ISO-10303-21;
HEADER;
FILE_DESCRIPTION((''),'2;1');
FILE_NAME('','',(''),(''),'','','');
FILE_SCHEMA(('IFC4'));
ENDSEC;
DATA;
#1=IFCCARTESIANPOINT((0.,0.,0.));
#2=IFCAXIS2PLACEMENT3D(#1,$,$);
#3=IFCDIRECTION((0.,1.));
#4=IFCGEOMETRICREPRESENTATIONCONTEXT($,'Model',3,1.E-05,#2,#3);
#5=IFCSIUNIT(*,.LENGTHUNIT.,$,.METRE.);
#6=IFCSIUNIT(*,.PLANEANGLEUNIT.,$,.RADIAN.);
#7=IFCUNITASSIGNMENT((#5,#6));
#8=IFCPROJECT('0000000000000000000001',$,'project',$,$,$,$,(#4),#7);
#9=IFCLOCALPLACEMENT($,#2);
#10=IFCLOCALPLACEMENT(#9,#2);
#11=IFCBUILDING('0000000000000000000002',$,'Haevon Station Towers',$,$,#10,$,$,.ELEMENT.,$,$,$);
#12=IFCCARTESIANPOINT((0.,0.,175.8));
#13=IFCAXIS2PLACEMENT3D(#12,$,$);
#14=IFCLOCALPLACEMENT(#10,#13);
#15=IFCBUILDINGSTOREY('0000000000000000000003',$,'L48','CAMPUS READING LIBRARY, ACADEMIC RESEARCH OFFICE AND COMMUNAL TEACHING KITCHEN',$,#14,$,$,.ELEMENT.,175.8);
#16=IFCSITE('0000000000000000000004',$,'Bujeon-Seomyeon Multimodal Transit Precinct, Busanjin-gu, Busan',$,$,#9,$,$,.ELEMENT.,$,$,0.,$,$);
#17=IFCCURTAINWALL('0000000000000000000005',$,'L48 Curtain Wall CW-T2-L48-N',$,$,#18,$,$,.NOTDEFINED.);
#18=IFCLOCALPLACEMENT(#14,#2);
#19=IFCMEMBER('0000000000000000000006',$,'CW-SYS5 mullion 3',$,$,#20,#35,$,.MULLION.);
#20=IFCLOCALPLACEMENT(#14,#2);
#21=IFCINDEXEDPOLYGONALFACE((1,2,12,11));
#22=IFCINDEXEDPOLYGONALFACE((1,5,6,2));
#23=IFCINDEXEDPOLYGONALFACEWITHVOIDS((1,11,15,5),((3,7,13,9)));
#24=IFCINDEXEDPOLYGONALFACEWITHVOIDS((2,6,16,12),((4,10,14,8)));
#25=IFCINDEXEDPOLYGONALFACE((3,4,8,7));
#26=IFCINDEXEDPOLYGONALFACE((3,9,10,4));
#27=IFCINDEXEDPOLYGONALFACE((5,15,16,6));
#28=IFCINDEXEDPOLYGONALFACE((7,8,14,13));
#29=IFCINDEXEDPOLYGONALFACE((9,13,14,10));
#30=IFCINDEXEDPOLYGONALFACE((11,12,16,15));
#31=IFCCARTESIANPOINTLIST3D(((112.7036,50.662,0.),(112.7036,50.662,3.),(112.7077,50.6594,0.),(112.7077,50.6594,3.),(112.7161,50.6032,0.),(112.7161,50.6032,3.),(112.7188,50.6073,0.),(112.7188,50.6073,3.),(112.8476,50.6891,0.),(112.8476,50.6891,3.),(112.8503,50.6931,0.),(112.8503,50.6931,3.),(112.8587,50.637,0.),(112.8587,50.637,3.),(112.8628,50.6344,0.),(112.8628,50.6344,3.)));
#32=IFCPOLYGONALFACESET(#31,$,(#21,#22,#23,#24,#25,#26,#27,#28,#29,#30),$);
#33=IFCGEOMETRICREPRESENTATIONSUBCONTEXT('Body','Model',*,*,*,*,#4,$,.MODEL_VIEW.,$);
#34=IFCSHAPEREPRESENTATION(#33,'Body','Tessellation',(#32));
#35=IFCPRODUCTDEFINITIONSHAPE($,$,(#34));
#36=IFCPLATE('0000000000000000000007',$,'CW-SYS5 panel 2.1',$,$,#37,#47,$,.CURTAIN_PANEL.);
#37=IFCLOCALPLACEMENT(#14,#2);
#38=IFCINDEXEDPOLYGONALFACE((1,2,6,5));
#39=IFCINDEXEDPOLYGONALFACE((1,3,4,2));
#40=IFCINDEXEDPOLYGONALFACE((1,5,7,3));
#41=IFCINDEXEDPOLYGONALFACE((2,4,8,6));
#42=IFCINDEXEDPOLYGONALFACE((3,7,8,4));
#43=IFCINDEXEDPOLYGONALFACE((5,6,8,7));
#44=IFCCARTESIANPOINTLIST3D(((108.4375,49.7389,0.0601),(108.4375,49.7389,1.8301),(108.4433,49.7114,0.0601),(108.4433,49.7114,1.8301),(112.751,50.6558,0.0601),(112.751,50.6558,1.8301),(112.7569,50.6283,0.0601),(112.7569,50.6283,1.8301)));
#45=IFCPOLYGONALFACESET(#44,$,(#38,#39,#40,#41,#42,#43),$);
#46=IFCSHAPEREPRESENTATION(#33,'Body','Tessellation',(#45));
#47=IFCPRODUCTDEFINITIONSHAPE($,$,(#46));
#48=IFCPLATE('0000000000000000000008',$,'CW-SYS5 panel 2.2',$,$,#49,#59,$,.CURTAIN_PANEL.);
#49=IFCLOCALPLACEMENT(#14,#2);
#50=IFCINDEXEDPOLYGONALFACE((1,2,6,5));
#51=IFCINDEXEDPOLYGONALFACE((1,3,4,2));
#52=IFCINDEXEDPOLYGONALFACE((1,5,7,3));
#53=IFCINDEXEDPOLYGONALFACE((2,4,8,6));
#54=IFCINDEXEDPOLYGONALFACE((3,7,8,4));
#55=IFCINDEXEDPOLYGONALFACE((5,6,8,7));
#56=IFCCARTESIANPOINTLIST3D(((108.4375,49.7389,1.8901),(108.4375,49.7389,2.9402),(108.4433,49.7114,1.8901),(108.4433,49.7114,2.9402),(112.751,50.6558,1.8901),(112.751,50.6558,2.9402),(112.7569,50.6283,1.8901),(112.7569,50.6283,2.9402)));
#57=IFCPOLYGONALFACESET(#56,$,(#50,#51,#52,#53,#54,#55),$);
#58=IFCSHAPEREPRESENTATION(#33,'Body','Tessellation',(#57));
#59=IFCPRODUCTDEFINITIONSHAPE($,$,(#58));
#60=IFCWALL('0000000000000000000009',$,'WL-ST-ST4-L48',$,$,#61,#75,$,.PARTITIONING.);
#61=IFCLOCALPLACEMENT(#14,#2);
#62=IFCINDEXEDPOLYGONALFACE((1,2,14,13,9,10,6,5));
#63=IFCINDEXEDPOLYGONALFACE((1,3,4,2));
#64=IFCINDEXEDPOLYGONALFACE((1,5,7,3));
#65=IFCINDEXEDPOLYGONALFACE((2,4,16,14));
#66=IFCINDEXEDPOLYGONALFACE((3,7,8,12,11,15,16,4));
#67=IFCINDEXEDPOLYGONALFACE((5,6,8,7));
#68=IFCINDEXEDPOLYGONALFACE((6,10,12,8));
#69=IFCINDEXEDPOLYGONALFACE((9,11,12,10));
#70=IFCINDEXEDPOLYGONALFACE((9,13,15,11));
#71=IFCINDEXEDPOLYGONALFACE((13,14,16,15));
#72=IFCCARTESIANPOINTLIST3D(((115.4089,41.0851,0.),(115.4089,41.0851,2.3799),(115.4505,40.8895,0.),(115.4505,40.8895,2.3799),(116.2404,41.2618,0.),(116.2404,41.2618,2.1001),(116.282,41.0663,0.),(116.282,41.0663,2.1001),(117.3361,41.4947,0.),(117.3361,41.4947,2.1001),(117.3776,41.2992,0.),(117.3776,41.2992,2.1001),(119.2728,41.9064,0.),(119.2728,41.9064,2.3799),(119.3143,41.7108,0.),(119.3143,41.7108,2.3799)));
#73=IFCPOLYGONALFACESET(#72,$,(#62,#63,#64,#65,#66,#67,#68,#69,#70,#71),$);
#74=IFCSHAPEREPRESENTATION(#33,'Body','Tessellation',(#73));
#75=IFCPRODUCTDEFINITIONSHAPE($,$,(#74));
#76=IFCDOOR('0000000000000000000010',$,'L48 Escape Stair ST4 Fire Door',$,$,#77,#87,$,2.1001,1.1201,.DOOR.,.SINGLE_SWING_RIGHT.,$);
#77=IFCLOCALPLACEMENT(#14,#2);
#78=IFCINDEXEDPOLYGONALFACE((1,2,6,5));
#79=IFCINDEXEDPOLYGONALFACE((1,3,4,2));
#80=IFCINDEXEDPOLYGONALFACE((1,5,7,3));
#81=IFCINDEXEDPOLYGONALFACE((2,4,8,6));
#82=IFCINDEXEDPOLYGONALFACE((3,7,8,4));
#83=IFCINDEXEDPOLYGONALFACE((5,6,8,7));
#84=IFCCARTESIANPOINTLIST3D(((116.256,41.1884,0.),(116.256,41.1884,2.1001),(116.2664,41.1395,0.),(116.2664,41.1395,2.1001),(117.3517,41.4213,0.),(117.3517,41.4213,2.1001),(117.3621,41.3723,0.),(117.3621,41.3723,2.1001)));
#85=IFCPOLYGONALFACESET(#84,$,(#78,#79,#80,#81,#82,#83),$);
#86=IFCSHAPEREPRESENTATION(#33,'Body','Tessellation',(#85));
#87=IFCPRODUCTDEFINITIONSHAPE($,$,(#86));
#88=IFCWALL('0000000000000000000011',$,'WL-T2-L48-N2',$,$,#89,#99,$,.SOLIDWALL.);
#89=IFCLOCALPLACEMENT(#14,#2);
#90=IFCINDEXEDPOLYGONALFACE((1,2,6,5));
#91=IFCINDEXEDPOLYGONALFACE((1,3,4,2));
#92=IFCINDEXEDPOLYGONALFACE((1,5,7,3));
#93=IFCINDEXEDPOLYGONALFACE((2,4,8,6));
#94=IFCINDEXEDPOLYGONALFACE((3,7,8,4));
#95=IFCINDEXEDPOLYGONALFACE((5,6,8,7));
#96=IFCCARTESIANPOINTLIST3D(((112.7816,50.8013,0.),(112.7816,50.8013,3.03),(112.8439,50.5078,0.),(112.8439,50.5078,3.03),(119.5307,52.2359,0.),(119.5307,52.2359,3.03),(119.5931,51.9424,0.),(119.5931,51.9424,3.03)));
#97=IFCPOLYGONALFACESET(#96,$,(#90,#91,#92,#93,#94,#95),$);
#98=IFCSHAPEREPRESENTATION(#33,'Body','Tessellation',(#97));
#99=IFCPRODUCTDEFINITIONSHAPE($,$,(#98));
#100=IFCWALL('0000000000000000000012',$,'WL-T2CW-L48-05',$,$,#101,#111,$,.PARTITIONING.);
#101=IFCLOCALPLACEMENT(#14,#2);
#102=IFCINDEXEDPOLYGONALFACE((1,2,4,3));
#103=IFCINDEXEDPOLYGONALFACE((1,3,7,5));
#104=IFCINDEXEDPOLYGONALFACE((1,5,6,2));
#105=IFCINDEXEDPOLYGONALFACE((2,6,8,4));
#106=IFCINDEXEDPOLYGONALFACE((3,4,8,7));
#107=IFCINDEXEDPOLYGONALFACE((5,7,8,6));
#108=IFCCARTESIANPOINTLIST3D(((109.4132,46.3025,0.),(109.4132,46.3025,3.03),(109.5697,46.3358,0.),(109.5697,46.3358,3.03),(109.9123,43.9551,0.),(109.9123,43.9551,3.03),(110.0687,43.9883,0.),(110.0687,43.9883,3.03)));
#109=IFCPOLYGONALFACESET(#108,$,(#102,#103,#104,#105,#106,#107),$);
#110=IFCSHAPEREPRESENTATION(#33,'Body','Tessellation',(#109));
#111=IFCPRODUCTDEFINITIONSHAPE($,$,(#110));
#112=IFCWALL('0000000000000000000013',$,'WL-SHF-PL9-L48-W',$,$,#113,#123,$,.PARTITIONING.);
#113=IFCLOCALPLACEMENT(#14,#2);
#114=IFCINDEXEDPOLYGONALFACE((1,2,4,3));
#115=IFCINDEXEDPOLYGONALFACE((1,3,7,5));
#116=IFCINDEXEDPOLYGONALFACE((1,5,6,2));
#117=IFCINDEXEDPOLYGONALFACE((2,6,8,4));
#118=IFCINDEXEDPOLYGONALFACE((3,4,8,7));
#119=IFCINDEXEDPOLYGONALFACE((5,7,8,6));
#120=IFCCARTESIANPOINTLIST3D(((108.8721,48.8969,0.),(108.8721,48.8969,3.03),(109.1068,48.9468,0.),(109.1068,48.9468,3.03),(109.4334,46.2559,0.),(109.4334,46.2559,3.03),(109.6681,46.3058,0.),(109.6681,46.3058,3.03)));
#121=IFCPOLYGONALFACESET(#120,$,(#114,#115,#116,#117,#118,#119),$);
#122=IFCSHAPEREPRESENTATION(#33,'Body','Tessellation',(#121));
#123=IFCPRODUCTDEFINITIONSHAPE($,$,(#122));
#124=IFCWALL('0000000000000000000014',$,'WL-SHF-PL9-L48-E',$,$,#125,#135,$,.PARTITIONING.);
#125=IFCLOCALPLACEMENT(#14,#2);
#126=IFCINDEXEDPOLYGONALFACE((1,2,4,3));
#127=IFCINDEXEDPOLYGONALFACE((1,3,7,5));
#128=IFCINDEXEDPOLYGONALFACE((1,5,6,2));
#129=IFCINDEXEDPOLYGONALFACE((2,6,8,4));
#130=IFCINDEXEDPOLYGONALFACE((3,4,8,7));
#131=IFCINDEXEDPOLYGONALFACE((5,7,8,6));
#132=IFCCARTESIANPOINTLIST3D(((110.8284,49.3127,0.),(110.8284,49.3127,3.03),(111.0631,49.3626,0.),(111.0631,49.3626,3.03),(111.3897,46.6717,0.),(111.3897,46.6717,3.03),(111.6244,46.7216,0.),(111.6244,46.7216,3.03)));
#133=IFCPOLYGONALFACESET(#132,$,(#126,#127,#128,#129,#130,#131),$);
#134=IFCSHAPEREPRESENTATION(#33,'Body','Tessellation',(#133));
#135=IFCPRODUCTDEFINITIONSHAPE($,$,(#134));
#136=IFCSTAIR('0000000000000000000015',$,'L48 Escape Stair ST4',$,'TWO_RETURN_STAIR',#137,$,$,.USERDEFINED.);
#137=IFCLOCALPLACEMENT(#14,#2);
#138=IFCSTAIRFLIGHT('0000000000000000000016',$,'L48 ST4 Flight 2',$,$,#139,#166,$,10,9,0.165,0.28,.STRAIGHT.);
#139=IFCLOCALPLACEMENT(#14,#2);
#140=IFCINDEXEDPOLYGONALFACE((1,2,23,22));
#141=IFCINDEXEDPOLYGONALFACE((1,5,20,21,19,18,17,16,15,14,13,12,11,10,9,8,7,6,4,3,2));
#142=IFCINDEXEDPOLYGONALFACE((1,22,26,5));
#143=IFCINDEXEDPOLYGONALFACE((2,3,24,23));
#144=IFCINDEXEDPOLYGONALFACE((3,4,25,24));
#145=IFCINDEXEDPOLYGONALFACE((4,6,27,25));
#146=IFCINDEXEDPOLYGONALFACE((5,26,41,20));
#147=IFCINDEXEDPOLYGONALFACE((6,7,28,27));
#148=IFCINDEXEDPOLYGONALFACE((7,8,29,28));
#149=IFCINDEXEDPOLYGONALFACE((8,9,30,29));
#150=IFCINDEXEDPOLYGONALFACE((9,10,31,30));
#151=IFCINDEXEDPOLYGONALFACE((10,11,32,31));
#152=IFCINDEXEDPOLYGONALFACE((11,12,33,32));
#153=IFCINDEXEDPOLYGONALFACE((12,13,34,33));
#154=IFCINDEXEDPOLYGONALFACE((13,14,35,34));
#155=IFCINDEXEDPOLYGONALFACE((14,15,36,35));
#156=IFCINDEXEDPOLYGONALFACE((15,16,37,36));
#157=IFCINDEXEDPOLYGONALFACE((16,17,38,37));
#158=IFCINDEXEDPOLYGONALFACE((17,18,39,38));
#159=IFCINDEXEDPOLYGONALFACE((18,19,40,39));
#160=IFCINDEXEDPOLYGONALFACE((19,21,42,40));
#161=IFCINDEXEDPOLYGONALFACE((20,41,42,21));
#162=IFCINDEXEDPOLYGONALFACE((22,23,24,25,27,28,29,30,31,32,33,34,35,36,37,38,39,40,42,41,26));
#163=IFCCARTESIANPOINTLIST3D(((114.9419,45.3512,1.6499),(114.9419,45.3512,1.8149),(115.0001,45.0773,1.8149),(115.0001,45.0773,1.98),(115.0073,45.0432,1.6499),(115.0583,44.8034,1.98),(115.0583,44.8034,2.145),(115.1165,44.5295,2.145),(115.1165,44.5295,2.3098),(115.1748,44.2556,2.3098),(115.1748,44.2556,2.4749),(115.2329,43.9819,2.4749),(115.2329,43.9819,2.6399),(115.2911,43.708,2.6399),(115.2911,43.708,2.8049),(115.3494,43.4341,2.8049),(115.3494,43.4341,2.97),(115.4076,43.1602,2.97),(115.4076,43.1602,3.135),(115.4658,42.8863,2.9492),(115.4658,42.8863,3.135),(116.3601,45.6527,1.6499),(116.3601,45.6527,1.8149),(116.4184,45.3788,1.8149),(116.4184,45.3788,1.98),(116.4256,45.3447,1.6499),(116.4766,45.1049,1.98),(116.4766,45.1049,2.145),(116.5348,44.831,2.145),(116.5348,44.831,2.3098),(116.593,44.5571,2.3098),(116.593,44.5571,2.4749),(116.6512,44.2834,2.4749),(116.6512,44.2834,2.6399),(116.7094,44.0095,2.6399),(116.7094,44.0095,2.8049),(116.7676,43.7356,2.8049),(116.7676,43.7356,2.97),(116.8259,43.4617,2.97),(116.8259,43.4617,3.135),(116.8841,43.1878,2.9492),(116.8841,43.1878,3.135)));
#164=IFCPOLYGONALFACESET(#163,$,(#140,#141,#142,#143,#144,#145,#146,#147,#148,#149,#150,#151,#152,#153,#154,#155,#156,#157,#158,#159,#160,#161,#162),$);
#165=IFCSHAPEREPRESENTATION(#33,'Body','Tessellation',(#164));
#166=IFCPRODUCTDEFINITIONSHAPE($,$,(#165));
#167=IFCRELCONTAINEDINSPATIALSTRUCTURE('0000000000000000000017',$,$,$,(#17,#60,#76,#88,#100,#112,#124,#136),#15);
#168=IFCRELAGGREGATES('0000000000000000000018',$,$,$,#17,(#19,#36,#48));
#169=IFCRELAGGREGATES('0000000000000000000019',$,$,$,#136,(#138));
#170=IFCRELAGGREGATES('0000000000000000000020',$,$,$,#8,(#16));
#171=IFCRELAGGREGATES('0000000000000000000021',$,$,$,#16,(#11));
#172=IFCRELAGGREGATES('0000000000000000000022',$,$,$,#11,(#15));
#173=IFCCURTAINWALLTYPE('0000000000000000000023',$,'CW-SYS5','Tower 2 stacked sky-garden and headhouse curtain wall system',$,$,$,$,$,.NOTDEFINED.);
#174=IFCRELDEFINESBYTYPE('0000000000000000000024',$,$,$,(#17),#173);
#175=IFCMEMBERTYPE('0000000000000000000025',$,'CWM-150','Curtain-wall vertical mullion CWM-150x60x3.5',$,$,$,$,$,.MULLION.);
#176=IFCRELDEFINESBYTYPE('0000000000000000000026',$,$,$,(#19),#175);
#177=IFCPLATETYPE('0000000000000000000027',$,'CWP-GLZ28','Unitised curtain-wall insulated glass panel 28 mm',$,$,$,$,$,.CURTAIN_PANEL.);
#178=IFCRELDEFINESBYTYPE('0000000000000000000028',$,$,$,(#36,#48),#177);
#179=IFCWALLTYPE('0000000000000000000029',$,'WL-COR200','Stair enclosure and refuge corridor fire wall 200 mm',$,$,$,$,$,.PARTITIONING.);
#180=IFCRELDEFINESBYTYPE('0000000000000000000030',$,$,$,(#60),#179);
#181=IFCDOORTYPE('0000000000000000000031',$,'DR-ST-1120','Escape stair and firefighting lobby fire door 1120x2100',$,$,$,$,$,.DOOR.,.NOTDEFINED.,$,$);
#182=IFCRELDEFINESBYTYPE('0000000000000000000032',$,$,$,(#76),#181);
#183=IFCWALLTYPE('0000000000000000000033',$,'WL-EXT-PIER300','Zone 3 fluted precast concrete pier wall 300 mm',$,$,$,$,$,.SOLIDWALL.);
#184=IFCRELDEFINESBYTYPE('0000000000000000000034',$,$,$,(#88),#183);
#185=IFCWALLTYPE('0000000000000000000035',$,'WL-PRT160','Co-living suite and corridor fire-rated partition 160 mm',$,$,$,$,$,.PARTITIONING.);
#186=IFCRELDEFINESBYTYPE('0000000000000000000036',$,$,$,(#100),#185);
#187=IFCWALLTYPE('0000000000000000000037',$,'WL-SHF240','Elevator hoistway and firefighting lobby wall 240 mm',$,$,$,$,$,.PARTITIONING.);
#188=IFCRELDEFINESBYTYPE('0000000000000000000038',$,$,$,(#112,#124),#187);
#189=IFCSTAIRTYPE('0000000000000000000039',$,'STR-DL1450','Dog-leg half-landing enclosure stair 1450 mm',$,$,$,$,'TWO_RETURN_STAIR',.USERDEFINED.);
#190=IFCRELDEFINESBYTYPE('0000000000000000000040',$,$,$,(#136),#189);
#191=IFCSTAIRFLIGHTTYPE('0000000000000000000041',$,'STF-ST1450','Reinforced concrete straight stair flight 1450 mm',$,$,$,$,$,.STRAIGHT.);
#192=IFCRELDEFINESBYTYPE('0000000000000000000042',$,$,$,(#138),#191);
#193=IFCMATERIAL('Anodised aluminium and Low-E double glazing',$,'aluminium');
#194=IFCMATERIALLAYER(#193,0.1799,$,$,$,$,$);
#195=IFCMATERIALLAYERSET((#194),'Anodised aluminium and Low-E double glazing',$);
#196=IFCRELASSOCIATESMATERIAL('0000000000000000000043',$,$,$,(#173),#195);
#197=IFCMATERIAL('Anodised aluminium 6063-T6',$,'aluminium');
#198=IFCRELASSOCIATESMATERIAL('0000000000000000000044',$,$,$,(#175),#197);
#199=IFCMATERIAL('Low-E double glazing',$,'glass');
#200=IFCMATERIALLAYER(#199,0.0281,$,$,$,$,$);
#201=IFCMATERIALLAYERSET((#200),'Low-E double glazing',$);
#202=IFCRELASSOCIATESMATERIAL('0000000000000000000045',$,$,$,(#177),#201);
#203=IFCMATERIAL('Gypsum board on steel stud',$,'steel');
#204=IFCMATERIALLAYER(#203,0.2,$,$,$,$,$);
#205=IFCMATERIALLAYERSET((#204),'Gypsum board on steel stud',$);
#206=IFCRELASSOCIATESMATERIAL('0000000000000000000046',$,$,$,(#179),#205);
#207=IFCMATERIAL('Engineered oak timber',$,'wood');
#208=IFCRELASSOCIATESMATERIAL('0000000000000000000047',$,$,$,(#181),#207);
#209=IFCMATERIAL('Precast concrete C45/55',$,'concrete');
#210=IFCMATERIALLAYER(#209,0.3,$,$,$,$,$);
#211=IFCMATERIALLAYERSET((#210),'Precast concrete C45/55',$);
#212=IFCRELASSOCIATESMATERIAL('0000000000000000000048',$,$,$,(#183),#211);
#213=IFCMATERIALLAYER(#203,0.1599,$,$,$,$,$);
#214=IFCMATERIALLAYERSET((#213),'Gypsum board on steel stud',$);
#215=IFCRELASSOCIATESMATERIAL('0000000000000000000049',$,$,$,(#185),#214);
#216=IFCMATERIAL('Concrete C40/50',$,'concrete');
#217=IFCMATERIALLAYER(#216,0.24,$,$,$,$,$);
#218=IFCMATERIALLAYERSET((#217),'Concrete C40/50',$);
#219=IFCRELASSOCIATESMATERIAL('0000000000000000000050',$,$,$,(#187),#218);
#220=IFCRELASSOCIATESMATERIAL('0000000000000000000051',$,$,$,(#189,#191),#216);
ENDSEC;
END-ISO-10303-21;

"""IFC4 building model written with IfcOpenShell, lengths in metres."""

from ifc_helpers import new_model, si_unit, direction, frame, frame_2d, origin, origin_2d, place, context, subcontext, project, spatial, polyline, rectangle, hollow_rectangle, outline, extrude, material, layer, layer_set, material_profile, profile_set, type_object, element, fill, aggregate, save


model = new_model("IFC4")

# Units and contexts
model_context = context("Model", 3, precision=1e-05, world=origin(), true_north=direction((0.0, 1.0)))
body_context = subcontext(model_context, "Body", "Model", "MODEL_VIEW")
ifc_project = project(units=[si_unit("LENGTHUNIT", "METRE"), si_unit("PLANEANGLEUNIT", "RADIAN")], contexts=[model_context])

# Site, building, storey
site_placement = place(None, origin())
site = spatial("IfcSite", under=ifc_project, at=site_placement, Name="Bujeon-Seomyeon Multimodal Transit Precinct, Busanjin-gu, Busan", CompositionType="ELEMENT", RefElevation=0.0)
building_placement = place(site_placement, origin())
building = spatial("IfcBuilding", under=site, at=building_placement, Name="Haevon Station Towers", CompositionType="ELEMENT")
storey_placement = place(building_placement, frame((0.0, 0.0, 175.8)))
storey = spatial("IfcBuildingStorey", under=building, at=storey_placement, Name="L48", Description="CAMPUS READING LIBRARY, ACADEMIC RESEARCH OFFICE AND COMMUNAL TEACHING KITCHEN", CompositionType="ELEMENT", Elevation=175.8)

# Curtain wall, member, plates
ifc_material_1 = material(Name="Anodised aluminium and Low-E double glazing", Category="aluminium")
ifc_layer_1 = layer(ifc_material_1, 0.1799)
ifc_layer_set_1 = layer_set([ifc_layer_1], Name="Anodised aluminium and Low-E double glazing")
curtain_wall_type = type_object("IfcCurtainWallType", Name="CW-SYS5", Description="Tower 2 stacked sky-garden and headhouse curtain wall system", PredefinedType="NOTDEFINED", material=ifc_layer_set_1)
curtain_wall_placement = place(storey_placement, origin())
curtain_wall = element("IfcCurtainWall", 1, at=curtain_wall_placement, inside=storey, type_object=curtain_wall_type, Name="L48 Curtain Wall CW-T2-L48-N", PredefinedType="NOTDEFINED")
ifc_material_2 = material(Name="Anodised aluminium 6063-T6", Category="aluminium")
ifc_material_profile = material_profile(ifc_material_2, hollow_rectangle(XDim=0.0601, YDim=0.1499, WallThickness=0.0034, at=origin_2d()), Name="CWM-150x60x3.5")
ifc_profile_set = profile_set([ifc_material_profile], Name="Anodised aluminium 6063-T6")
member_type = type_object("IfcMemberType", Name="CWM-150", Description="Curtain-wall vertical mullion CWM-150x60x3.5", PredefinedType="MULLION", material=ifc_profile_set)
member_placement = place(storey_placement, frame((112.7832, 50.6482, 0.0), z_axis=(0.0, 0.0, 1.0), x_axis=(-0.207912, 0.978148, 0.0)))
member = element("IfcMember", 2, at=member_placement, type_object=member_type, Name="CW-SYS5 mullion 3", PredefinedType="MULLION", context=body_context, shape_type="SweptSolid", body=[
    extrude(hollow_rectangle(XDim=0.0601, YDim=0.1499, WallThickness=0.0034, at=origin_2d()), origin(), (0.0, 0.0, 1.0), 3.0),
])
ifc_material_3 = material(Name="Low-E double glazing", Category="glass")
ifc_layer_2 = layer(ifc_material_3, 0.0281)
ifc_layer_set_2 = layer_set([ifc_layer_2], Name="Low-E double glazing")
plate_type = type_object("IfcPlateType", Name="CWP-GLZ28", Description="Unitised curtain-wall insulated glass panel 28 mm", PredefinedType="CURTAIN_PANEL", material=ifc_layer_set_2)
plate_1_placement = place(storey_placement, frame((110.5972, 50.1836, 0.0601), z_axis=(0.0, 0.0, 1.0), x_axis=(0.978148, 0.207912, 0.0)))
plate_1 = element("IfcPlate", 3, at=plate_1_placement, type_object=plate_type, Name="CW-SYS5 panel 2.1", PredefinedType="CURTAIN_PANEL", context=body_context, shape_type="SweptSolid", body=[
    extrude(rectangle(XDim=4.4099, YDim=0.0281, at=origin_2d()), origin(), (0.0, 0.0, 1.0), 1.77),
])
plate_2_placement = place(storey_placement, frame((110.5972, 50.1836, 1.8901), z_axis=(0.0, 0.0, 1.0), x_axis=(0.978148, 0.207912, 0.0)))
plate_2 = element("IfcPlate", 4, at=plate_2_placement, type_object=plate_type, Name="CW-SYS5 panel 2.2", PredefinedType="CURTAIN_PANEL", context=body_context, shape_type="SweptSolid", body=[
    extrude(rectangle(XDim=4.4099, YDim=0.0281, at=origin_2d()), origin(), (0.0, 0.0, 1.0), 1.05),
])
aggregate(curtain_wall, [member, plate_1, plate_2])

# Wall, opening, door
ifc_material_4 = material(Name="Gypsum board on steel stud", Category="steel")
ifc_layer_3 = layer(ifc_material_4, 0.2)
ifc_layer_set_3 = layer_set([ifc_layer_3], Name="Gypsum board on steel stud")
wall_type_1 = type_object("IfcWallType", Name="WL-COR200", Description="Stair enclosure and refuge corridor fire wall 200 mm", PredefinedType="PARTITIONING", material=ifc_layer_set_3)
wall_1_placement = place(storey_placement, frame((115.4297, 40.9873, 0.0), z_axis=(0.0, 0.0, 1.0), x_axis=(0.978147, 0.207916, 0.0)))
wall_1 = element("IfcWall", 5, at=wall_1_placement, inside=storey, type_object=wall_type_1, Name="WL-ST-ST4-L48", PredefinedType="PARTITIONING", context=body_context, shape_type="SweptSolid", body=[
    extrude(rectangle(XDim=3.9502, YDim=0.2, at=frame_2d((1.9751, 0.0))), origin(), (0.0, 0.0, 1.0), 2.3799),
])
opening_1_placement = place(wall_1_placement, frame((0.8501, 0.0, 0.0)))
opening_1 = element("IfcOpeningElement", 6, at=opening_1_placement, cuts=wall_1, PredefinedType="OPENING", context=body_context, shape_type="SweptSolid", body=[
    extrude(rectangle(XDim=1.1201, YDim=2.1001, at=frame_2d((0.5601, 1.05))), frame((0.0, 0.1099, 0.0), z_axis=(0.0, -1.0, 0.0), x_axis=(1.0, 0.0, 0.0)), (0.0, 0.0, 1.0), 0.22),
])
ifc_material_5 = material(Name="Engineered oak timber", Category="wood")
door_type_1 = type_object("IfcDoorType", Name="DR-ST-1120", Description="Escape stair and firefighting lobby fire door 1120x2100", OperationType="NOTDEFINED", PredefinedType="DOOR", material=ifc_material_5)
door_1_placement = place(opening_1_placement, origin())
door_1 = element("IfcDoor", 7, at=door_1_placement, inside=storey, type_object=door_type_1, Name="L48 Escape Stair ST4 Fire Door", OperationType="SINGLE_SWING_RIGHT", OverallHeight=2.1001, OverallWidth=1.1201, PredefinedType="DOOR", context=body_context, shape_type="SweptSolid", body=[
    extrude(rectangle(XDim=1.1201, YDim=2.1001, at=frame_2d((0.5601, 1.05))), frame((0.0, 0.0249, 0.0), z_axis=(0.0, -1.0, 0.0), x_axis=(1.0, 0.0, 0.0)), (0.0, 0.0, 1.0), 0.05),
])
fill(opening_1, door_1)

# Walls
ifc_material_6 = material(Name="Precast concrete C45/55", Category="concrete")
ifc_layer_4 = layer(ifc_material_6, 0.3)
ifc_layer_set_4 = layer_set([ifc_layer_4], Name="Precast concrete C45/55")
wall_type_2 = type_object("IfcWallType", Name="WL-EXT-PIER300", Description="Zone 3 fluted precast concrete pier wall 300 mm", PredefinedType="SOLIDWALL", material=ifc_layer_set_4)
wall_2_placement = place(storey_placement, frame((112.8127, 50.6545, 0.0), z_axis=(0.0, 0.0, 1.0), x_axis=(0.978147, 0.207915, 0.0)))
element("IfcWall", 8, at=wall_2_placement, inside=storey, type_object=wall_type_2, Name="WL-T2-L48-N2", PredefinedType="SOLIDWALL", context=body_context, shape_type="SweptSolid", body=[
    extrude(rectangle(XDim=6.8999, YDim=0.3, at=frame_2d((3.45, 0.0))), origin(), (0.0, 0.0, 1.0), 3.03),
])
ifc_layer_5 = layer(ifc_material_4, 0.1599)
ifc_layer_set_5 = layer_set([ifc_layer_5], Name="Gypsum board on steel stud")
wall_type_3 = type_object("IfcWallType", Name="WL-PRT160", Description="Co-living suite and corridor fire-rated partition 160 mm", PredefinedType="PARTITIONING", material=ifc_layer_set_5)
wall_3_placement = place(storey_placement, frame((109.9905, 43.9717, 0.0), z_axis=(0.0, 0.0, 1.0), x_axis=(-0.207938, 0.978142, 0.0)))
element("IfcWall", 9, at=wall_3_placement, inside=storey, type_object=wall_type_3, Name="WL-T2CW-L48-05", PredefinedType="PARTITIONING", context=body_context, shape_type="SweptSolid", body=[
    extrude(rectangle(XDim=2.3999, YDim=0.1599, at=frame_2d((1.2, 0.0))), origin(), (0.0, 0.0, 1.0), 3.03),
])

# Shared definitions
ifc_material_7 = material(Name="Concrete C40/50", Category="concrete")
ifc_layer_6 = layer(ifc_material_7, 0.24)
ifc_layer_set_6 = layer_set([ifc_layer_6], Name="Concrete C40/50")
wall_type_4 = type_object("IfcWallType", Name="WL-SHF240", Description="Elevator hoistway and firefighting lobby wall 240 mm", PredefinedType="PARTITIONING", material=ifc_layer_set_6)

# Walls
for number, where, z_axis, x_axis, name in (
    (10, (109.5508, 46.2808, 0.0), (0.0, 0.0, 1.0), (-0.207892, 0.978152, 0.0), "WL-SHF-PL9-L48-W"),
    (11, (111.5071, 46.6965, 0.0), (0.0, 0.0, 1.0), (-0.207892, 0.978152, 0.0), "WL-SHF-PL9-L48-E"),
):
    element("IfcWall", number, at=place(storey_placement, frame(where, z_axis=z_axis, x_axis=x_axis)), inside=storey, type_object=wall_type_4, Name=name, PredefinedType="PARTITIONING", context=body_context, shape_type="SweptSolid", body=[
        extrude(rectangle(XDim=2.7, YDim=0.24, at=frame_2d((1.3501, 0.0))), origin(), (0.0, 0.0, 1.0), 3.03),
    ])

# Stair, stair flight
stair_type = type_object("IfcStairType", Name="STR-DL1450", Description="Dog-leg half-landing enclosure stair 1450 mm", ElementType="TWO_RETURN_STAIR", PredefinedType="USERDEFINED", material=ifc_material_7)
stair_placement = place(storey_placement, origin())
stair = element("IfcStair", 12, at=stair_placement, inside=storey, type_object=stair_type, Name="L48 Escape Stair ST4", ObjectType="TWO_RETURN_STAIR", PredefinedType="USERDEFINED")
stair_flight_type = type_object("IfcStairFlightType", Name="STF-ST1450", Description="Reinforced concrete straight stair flight 1450 mm", PredefinedType="STRAIGHT", material=ifc_material_7)
stair_flight_placement = place(storey_placement, frame((115.6509, 45.502, 1.6499), z_axis=(0.0, 0.0, 1.0), x_axis=(0.207912, -0.978148, 0.0)))
stair_flight = element("IfcStairFlight", 13, at=stair_flight_placement, type_object=stair_flight_type, Name="L48 ST4 Flight 2", NumberOfRisers=10, NumberOfTreads=9, PredefinedType="STRAIGHT", RiserHeight=0.165, TreadLength=0.28, context=body_context, shape_type="SweptSolid", body=[
    extrude(outline(polyline([(0.0, 0.0), (0.0, 0.165), (0.28, 0.165), (0.28, 0.3301), (0.5601, 0.3301), (0.5601, 0.4951), (0.8401, 0.4951), (0.8401, 0.6599), (1.1201, 0.6599), (1.1201, 0.825), (1.3999, 0.825), (1.3999, 0.99), (1.6799, 0.99), (1.6799, 1.155), (1.96, 1.155), (1.96, 1.3201), (2.24, 1.3201), (2.24, 1.4851), (2.52, 1.4851), (2.52, 1.6499), (2.52, 1.2993), (0.3149, 0.0), (0.0, 0.0)])), frame((0.0, 0.7251, 0.0), z_axis=(0.0, -1.0, 0.0), x_axis=(1.0, 0.0, 0.0)), (0.0, 0.0, 1.0), 1.45),
])
aggregate(stair, [stair_flight])

save(model, "model.ifc")
